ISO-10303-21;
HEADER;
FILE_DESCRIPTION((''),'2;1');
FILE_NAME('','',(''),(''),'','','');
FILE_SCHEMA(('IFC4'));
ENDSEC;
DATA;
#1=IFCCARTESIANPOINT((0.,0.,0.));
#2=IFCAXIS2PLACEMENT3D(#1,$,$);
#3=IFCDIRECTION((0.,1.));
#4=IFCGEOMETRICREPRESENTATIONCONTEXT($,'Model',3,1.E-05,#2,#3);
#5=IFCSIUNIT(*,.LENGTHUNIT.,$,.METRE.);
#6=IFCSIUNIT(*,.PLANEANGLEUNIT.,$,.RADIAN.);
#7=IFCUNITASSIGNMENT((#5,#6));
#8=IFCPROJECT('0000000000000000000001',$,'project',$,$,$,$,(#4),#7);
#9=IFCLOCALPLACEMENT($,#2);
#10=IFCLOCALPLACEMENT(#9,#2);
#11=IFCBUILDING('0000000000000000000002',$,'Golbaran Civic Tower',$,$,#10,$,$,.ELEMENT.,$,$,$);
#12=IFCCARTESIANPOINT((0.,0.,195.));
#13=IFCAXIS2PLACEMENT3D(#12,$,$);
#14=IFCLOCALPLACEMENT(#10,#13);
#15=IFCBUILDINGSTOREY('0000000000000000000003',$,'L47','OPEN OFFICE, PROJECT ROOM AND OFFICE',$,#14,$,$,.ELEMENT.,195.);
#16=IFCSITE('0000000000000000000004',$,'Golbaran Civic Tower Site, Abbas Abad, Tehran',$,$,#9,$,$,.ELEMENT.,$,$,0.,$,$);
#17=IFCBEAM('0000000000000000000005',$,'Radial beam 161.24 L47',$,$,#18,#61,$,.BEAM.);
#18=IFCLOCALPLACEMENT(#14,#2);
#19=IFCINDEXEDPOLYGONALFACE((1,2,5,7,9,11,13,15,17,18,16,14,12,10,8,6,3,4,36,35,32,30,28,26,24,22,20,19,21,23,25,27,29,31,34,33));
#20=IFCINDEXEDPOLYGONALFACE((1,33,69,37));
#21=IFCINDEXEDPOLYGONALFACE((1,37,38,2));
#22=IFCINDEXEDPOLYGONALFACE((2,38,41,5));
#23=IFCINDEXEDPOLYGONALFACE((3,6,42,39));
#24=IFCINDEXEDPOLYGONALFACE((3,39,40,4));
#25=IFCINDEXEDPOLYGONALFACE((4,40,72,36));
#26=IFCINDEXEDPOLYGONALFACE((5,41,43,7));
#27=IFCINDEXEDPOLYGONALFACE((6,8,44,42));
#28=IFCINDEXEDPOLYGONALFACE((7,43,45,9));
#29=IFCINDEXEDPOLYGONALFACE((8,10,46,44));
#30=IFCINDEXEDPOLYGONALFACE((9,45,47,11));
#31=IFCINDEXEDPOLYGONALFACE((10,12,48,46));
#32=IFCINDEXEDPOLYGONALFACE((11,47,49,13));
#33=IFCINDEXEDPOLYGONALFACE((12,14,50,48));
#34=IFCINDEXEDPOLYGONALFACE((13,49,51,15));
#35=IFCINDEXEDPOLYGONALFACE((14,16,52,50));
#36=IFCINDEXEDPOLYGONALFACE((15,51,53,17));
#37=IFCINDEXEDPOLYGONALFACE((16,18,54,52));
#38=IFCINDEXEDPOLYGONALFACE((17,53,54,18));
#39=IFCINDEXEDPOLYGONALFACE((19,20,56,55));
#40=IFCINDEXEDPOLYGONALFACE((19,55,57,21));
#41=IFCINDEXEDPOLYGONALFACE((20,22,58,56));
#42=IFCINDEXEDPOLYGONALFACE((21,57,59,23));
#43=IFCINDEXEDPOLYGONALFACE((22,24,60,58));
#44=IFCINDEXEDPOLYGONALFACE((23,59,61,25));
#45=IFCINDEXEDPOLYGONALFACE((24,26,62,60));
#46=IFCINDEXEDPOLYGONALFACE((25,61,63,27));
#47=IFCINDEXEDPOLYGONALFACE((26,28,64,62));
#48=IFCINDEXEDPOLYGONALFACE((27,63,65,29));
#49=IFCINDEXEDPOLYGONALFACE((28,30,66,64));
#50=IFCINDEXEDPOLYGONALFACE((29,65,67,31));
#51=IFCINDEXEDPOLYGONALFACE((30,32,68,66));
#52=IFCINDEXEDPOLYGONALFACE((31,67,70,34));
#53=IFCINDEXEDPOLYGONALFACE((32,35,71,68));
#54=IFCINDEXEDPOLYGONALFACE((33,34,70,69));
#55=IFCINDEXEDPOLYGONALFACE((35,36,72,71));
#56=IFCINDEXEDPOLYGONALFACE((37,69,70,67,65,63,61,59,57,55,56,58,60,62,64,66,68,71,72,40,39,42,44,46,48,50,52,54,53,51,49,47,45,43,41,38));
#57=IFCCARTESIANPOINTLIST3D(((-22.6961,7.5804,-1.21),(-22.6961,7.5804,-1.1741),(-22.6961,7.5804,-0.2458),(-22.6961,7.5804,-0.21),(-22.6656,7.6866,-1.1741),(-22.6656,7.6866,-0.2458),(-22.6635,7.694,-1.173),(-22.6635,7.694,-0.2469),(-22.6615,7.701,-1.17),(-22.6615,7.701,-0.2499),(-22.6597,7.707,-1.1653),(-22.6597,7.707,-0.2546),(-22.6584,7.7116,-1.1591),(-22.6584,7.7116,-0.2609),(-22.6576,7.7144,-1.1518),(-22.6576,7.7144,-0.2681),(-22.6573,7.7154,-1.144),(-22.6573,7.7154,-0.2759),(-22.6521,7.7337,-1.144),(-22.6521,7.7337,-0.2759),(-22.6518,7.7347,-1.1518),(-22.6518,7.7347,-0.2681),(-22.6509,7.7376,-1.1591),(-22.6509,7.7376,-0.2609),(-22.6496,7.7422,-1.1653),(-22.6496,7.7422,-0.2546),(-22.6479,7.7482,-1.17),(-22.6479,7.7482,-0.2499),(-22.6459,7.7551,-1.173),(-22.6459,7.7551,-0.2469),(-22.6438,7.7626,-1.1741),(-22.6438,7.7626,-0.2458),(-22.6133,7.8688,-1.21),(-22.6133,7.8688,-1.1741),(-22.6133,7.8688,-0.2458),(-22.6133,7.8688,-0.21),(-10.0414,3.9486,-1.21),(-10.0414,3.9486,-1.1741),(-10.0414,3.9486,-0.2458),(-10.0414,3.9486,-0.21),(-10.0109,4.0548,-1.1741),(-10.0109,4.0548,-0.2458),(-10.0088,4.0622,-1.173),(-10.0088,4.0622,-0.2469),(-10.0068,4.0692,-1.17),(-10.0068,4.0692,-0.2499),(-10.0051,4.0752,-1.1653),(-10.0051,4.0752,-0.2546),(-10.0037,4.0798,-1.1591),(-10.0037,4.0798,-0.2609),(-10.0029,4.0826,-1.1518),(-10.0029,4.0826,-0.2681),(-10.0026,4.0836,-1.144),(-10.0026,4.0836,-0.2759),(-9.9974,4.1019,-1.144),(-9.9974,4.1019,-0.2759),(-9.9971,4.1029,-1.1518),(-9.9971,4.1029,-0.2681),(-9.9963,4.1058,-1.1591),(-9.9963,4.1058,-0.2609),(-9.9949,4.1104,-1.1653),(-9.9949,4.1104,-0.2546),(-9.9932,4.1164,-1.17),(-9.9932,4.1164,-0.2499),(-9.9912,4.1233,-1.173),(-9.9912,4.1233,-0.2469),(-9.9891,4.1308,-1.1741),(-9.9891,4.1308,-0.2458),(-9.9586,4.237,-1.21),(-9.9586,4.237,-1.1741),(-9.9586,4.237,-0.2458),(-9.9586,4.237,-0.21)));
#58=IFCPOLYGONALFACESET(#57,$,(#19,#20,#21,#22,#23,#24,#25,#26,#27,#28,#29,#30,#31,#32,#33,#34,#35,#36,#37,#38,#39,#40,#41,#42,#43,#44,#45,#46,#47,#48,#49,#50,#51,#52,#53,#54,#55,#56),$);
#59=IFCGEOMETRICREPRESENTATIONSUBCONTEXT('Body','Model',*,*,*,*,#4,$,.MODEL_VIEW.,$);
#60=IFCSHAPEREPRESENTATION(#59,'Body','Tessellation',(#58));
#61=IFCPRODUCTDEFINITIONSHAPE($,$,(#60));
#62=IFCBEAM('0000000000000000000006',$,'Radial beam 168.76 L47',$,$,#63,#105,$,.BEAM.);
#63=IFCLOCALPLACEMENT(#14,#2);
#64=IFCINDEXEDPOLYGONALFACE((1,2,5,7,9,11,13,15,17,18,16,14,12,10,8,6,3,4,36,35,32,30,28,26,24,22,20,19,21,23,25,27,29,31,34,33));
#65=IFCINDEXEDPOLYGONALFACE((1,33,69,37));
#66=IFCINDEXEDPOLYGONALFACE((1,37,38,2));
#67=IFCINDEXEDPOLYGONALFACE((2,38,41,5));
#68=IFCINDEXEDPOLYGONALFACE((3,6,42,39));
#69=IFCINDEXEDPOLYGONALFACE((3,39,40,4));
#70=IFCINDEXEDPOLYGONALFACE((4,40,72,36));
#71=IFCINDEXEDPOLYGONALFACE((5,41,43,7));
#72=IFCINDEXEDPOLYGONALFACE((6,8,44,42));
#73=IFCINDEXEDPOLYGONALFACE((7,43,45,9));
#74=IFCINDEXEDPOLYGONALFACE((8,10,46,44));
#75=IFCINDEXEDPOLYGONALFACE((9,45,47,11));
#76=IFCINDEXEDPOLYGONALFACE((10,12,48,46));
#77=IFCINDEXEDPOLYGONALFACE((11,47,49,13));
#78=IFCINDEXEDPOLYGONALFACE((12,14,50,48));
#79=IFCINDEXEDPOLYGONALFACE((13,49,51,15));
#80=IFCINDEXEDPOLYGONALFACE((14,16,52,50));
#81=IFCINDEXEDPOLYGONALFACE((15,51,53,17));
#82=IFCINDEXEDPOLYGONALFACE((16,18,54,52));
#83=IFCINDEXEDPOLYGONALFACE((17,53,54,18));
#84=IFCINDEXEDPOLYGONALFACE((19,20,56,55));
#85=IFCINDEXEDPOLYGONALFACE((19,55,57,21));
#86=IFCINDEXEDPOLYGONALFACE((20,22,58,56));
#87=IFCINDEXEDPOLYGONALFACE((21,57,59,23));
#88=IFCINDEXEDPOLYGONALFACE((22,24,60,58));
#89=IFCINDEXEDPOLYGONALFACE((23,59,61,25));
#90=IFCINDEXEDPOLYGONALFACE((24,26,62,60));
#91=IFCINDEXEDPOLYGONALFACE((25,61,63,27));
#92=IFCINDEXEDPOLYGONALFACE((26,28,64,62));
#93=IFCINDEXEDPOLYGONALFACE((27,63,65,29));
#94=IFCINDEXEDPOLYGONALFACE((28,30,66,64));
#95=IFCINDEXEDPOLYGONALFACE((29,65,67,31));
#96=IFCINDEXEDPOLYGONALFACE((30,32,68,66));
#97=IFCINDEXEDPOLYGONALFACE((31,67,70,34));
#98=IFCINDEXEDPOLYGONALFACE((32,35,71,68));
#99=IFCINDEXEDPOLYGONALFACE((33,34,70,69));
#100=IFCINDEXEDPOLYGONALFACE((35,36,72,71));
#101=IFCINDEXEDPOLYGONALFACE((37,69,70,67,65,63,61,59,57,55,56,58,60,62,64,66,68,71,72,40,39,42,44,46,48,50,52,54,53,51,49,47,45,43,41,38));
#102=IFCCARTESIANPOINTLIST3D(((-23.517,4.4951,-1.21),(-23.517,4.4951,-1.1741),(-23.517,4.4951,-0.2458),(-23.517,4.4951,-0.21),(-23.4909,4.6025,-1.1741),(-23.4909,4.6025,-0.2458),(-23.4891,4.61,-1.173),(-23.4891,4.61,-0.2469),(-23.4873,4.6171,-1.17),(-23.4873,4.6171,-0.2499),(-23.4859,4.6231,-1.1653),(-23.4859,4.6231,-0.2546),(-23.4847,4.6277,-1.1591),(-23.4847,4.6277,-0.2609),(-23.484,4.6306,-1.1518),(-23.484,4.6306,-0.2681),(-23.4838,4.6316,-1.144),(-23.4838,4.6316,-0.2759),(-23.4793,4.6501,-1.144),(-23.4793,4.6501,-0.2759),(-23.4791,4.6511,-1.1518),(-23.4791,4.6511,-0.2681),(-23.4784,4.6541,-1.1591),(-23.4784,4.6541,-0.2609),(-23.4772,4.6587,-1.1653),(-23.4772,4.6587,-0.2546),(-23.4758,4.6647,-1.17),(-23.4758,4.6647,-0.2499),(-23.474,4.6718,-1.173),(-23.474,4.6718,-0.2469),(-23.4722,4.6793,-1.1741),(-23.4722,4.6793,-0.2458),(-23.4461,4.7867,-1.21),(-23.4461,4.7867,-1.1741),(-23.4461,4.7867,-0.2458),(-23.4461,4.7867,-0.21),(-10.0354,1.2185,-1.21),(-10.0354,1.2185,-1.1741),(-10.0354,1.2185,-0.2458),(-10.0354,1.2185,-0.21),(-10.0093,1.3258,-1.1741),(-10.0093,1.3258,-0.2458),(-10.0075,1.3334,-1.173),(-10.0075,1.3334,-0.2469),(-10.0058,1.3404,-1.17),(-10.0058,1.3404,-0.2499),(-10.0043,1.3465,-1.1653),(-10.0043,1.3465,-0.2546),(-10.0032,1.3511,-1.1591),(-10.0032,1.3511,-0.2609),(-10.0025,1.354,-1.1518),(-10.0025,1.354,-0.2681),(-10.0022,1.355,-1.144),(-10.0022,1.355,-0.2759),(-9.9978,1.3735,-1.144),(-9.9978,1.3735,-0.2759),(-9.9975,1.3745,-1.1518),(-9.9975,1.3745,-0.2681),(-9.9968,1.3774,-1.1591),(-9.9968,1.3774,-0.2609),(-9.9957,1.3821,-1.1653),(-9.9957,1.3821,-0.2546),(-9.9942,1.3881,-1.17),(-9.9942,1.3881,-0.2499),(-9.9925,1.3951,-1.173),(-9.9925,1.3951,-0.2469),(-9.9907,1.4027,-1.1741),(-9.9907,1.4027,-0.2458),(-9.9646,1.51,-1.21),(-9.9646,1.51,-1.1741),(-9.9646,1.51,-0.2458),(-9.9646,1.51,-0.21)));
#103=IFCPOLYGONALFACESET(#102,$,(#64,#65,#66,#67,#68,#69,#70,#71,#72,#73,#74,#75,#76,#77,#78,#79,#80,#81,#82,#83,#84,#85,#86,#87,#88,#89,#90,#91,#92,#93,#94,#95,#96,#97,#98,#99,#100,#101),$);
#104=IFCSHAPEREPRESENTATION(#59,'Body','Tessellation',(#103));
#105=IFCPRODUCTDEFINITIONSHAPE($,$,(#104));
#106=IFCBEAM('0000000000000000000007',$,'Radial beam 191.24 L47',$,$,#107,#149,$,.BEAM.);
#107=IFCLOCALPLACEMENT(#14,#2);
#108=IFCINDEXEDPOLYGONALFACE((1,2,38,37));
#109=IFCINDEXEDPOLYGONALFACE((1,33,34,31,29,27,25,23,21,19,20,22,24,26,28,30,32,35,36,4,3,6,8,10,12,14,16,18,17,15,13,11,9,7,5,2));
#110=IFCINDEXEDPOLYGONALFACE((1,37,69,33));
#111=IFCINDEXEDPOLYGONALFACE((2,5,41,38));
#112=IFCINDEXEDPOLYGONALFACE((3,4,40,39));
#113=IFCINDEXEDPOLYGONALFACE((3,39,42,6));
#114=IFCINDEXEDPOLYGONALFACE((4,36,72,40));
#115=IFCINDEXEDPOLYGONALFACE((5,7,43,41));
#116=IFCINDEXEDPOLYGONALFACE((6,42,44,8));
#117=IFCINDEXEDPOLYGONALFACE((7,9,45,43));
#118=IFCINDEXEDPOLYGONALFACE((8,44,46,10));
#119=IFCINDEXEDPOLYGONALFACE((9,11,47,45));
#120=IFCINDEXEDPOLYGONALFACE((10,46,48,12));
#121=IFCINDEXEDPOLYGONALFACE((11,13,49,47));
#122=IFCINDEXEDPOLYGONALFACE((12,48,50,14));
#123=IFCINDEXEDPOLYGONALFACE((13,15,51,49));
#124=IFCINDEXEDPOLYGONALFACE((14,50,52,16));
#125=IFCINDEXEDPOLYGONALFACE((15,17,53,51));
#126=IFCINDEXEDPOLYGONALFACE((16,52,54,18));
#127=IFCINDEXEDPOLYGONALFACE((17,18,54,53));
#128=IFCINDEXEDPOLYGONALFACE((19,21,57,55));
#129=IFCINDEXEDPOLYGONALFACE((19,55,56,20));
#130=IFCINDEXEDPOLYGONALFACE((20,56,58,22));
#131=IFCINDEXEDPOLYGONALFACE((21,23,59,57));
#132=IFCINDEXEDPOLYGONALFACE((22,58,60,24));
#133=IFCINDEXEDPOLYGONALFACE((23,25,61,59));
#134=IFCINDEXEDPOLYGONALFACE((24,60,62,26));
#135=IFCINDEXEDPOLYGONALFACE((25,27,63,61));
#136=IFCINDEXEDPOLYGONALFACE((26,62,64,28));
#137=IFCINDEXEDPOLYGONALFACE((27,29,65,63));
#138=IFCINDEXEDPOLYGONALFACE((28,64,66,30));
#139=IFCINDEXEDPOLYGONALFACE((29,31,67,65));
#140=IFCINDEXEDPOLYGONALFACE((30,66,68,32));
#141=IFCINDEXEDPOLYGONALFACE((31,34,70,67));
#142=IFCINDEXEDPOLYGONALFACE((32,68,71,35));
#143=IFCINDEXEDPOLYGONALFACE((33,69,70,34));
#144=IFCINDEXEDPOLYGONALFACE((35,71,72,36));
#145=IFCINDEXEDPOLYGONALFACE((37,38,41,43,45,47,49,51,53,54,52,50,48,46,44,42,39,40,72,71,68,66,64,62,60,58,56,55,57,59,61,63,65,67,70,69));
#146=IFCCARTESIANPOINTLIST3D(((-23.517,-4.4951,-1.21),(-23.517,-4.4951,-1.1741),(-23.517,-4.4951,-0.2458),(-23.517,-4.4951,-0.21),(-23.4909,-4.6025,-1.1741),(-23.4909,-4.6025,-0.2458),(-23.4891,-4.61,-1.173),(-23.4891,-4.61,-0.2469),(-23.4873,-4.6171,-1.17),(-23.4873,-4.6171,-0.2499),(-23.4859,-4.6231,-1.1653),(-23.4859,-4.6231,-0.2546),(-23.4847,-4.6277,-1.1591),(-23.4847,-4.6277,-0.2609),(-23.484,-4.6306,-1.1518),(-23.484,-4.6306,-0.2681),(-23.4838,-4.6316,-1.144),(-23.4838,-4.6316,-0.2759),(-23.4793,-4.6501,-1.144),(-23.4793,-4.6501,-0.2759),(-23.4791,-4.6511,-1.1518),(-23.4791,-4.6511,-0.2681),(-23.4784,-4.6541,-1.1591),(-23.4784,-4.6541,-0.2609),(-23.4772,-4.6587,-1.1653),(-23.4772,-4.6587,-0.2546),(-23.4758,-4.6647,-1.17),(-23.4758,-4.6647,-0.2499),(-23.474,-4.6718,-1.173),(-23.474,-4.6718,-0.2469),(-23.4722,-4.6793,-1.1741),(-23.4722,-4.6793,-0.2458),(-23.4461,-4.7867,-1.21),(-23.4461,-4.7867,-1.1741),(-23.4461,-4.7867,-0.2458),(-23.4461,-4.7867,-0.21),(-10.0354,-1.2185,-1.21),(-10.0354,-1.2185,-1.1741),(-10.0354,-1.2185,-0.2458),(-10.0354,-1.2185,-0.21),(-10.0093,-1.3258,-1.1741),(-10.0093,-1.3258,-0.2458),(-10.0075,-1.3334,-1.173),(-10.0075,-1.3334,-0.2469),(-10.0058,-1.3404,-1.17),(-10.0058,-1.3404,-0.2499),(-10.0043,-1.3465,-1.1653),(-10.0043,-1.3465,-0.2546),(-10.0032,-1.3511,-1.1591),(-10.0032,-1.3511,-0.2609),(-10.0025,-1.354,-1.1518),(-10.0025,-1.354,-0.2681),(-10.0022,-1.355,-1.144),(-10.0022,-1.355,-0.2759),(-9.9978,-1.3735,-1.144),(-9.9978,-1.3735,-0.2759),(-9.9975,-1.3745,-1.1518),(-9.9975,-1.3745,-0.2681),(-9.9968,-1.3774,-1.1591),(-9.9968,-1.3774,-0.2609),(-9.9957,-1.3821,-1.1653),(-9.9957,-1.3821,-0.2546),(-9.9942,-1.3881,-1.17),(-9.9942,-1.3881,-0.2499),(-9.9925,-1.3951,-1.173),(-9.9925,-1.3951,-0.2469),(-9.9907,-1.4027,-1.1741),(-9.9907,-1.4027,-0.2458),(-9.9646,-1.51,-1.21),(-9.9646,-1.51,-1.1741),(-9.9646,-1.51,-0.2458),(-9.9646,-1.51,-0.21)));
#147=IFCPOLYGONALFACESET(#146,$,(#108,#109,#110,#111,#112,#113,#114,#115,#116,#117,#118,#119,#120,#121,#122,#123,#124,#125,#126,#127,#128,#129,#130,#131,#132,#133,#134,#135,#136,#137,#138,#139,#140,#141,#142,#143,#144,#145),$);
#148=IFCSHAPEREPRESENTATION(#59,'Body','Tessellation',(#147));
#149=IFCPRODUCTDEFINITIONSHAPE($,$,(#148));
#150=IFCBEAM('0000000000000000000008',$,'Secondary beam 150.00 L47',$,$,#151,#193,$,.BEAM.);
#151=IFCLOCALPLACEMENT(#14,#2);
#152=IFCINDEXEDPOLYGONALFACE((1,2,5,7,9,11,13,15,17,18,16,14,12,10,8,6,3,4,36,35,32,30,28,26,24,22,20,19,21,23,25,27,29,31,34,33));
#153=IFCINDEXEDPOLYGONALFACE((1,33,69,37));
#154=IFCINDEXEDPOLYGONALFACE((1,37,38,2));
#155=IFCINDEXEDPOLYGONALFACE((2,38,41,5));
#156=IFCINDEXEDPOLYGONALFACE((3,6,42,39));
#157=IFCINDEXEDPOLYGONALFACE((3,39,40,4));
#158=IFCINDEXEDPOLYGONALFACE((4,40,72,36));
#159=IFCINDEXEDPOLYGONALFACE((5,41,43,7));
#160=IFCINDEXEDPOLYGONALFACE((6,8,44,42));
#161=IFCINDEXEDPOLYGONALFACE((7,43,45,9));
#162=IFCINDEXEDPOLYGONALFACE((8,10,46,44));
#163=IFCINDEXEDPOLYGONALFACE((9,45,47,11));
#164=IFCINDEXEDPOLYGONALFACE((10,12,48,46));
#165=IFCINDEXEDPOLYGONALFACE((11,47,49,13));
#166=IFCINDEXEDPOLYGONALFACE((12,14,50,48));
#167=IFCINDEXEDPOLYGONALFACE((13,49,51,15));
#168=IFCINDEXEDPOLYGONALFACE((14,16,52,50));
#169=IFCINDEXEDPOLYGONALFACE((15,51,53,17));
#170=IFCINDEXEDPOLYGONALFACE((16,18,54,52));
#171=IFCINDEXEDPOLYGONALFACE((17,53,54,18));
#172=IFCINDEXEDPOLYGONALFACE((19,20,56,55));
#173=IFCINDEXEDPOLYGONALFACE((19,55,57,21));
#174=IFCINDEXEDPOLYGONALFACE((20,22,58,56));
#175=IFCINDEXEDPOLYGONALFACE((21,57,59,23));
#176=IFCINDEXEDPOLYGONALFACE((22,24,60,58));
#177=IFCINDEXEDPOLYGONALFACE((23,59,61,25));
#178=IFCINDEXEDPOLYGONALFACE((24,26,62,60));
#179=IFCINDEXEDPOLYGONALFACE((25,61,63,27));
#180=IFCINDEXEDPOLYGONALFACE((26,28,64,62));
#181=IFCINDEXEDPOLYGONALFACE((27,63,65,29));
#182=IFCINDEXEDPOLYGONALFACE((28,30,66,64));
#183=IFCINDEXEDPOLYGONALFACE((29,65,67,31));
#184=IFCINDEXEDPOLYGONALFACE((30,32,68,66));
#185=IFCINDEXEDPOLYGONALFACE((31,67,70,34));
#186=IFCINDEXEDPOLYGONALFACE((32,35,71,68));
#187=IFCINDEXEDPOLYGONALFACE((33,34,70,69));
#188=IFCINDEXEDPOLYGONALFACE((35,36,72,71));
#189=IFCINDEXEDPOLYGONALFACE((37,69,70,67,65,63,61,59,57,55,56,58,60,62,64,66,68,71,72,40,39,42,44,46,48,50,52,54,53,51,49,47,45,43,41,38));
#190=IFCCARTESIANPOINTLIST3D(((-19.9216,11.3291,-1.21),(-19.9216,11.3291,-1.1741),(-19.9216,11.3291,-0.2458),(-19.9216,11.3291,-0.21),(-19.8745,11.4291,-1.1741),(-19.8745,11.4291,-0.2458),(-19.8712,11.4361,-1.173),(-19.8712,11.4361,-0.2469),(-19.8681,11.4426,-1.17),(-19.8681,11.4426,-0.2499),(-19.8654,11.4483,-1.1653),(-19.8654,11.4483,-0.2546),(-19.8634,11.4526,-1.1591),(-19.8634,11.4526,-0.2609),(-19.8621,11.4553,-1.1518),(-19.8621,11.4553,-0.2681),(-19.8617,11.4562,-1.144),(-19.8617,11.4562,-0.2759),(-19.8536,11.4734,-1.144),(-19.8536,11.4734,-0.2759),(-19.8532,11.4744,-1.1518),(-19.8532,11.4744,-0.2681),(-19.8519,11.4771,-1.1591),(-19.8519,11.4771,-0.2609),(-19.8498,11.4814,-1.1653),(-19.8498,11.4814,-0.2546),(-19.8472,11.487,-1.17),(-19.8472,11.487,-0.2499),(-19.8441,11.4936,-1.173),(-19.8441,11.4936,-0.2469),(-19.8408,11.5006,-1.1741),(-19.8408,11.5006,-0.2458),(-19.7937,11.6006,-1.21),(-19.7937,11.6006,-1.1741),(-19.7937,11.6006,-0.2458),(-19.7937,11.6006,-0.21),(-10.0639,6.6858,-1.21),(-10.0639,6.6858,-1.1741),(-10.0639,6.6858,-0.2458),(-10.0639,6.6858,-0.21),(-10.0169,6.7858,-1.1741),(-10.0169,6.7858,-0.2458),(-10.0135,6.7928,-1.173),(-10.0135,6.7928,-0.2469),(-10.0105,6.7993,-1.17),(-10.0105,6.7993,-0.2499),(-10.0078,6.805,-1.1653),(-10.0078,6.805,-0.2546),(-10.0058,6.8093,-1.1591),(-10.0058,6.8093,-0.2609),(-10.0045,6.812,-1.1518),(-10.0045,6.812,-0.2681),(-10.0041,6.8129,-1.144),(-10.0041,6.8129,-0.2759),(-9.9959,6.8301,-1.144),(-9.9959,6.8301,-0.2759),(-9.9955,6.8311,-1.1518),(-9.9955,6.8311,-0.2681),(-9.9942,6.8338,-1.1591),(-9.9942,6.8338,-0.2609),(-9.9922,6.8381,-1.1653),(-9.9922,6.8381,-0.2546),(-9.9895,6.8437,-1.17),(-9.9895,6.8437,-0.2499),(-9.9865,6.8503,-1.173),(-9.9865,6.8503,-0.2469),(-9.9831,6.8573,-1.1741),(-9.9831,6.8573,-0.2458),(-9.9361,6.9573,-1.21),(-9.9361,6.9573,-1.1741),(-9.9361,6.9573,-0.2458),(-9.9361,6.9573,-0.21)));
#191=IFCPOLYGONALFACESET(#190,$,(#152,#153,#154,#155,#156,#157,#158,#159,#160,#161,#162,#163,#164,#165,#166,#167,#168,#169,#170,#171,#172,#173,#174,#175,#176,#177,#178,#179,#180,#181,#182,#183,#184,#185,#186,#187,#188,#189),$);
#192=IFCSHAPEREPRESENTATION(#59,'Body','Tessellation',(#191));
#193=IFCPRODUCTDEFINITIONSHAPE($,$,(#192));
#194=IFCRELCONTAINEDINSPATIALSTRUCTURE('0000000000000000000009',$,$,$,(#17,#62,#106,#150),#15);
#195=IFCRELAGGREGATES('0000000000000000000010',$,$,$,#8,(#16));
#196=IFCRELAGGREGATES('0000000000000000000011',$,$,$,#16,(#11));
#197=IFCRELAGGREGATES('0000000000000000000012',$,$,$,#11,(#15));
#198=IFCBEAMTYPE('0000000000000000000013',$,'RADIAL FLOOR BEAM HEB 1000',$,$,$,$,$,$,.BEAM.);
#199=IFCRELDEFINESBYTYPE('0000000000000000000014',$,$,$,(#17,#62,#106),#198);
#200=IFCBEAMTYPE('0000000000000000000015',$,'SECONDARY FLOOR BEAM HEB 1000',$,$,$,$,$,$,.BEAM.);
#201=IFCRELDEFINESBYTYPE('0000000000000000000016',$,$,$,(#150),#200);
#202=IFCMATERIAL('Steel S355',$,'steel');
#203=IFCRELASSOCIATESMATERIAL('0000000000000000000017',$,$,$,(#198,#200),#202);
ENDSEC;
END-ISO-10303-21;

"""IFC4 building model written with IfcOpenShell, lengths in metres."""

from ifc_helpers import new_model, si_unit, direction, frame, origin, origin_2d, place, context, subcontext, project, spatial, i_section, extrude, material, material_profile, profile_set, type_object, element, save


model = new_model("IFC4")

# Units and contexts
model_context = context("Model", 3, precision=1e-05, world=origin(), true_north=direction((0.0, 1.0)))
body_context = subcontext(model_context, "Body", "Model", "MODEL_VIEW")
ifc_project = project(units=[si_unit("LENGTHUNIT", "METRE"), si_unit("PLANEANGLEUNIT", "RADIAN")], contexts=[model_context])

# Site, building, storey
site_placement = place(None, origin())
site = spatial("IfcSite", under=ifc_project, at=site_placement, Name="Golbaran Civic Tower Site, Abbas Abad, Tehran", CompositionType="ELEMENT", RefElevation=0.0)
building_placement = place(site_placement, origin())
building = spatial("IfcBuilding", under=site, at=building_placement, Name="Golbaran Civic Tower", CompositionType="ELEMENT")
storey_placement = place(building_placement, frame((0.0, 0.0, 195.0)))
storey = spatial("IfcBuildingStorey", under=building, at=storey_placement, Name="L47", Description="OPEN OFFICE, PROJECT ROOM AND OFFICE", CompositionType="ELEMENT", Elevation=195.0)

# Beams
ifc_material_1 = material(Name="Steel S355", Category="steel")
ifc_material_profile_1 = material_profile(ifc_material_1, i_section(OverallWidth=0.3, OverallDepth=1.0, WebThickness=0.019, FlangeThickness=0.0359, FilletRadius=0.03, at=origin_2d()), Name="HEB 1000")
ifc_profile_set_1 = profile_set([ifc_material_profile_1], Name="Steel S355")
beam_type_1 = type_object("IfcBeamType", Name="RADIAL FLOOR BEAM HEB 1000", PredefinedType="BEAM", material=ifc_profile_set_1)
beam_1_placement = place(storey_placement, frame((-10.0, 4.0928, -0.71), z_axis=(-0.961199, 0.275857, 0.0), x_axis=(-0.275857, -0.961199, 0.0)))
element("IfcBeam", 1, at=beam_1_placement, inside=storey, type_object=beam_type_1, Name="Radial beam 161.24 L47", PredefinedType="BEAM", context=body_context, shape_type="SweptSolid", body=[
    extrude(i_section(OverallWidth=0.3, OverallDepth=1.0, WebThickness=0.019, FlangeThickness=0.0359, FilletRadius=0.03, at=origin_2d()), origin(), (0.0, 0.0, 1.0), 13.1655),
])
for number, where, z_axis, x_axis, name in (
    (2, (-10.0, 1.3643, -0.71), (-0.971712, 0.236171, 0.0), (-0.236171, -0.971712, 0.0), "Radial beam 168.76 L47"),
    (3, (-10.0, -1.3643, -0.71), (-0.971712, -0.236171, 0.0), (0.236171, -0.971712, 0.0), "Radial beam 191.24 L47"),
):
    element("IfcBeam", number, at=place(storey_placement, frame(where, z_axis=z_axis, x_axis=x_axis)), inside=storey, type_object=beam_type_1, Name=name, PredefinedType="BEAM", context=body_context, shape_type="SweptSolid", body=[
        extrude(i_section(OverallWidth=0.3, OverallDepth=1.0, WebThickness=0.019, FlangeThickness=0.0359, FilletRadius=0.03, at=origin_2d()), origin(), (0.0, 0.0, 1.0), 13.874),
    ])
ifc_material_profile_2 = material_profile(ifc_material_1, i_section(OverallWidth=0.3, OverallDepth=1.0, WebThickness=0.019, FlangeThickness=0.0359, FilletRadius=0.03, at=origin_2d()), Name="HEB 1000")
ifc_profile_set_2 = profile_set([ifc_material_profile_2], Name="Steel S355")
beam_type_2 = type_object("IfcBeamType", Name="SECONDARY FLOOR BEAM HEB 1000", PredefinedType="BEAM", material=ifc_profile_set_2)
beam_2_placement = place(storey_placement, frame((-10.0, 6.8215, -0.71), z_axis=(-0.904663, 0.426128, 0.0), x_axis=(-0.426128, -0.904663, 0.0)))
element("IfcBeam", 4, at=beam_2_placement, inside=storey, type_object=beam_type_2, Name="Secondary beam 150.00 L47", PredefinedType="BEAM", context=body_context, shape_type="SweptSolid", body=[
    extrude(i_section(OverallWidth=0.3, OverallDepth=1.0, WebThickness=0.019, FlangeThickness=0.0359, FilletRadius=0.03, at=origin_2d()), origin(), (0.0, 0.0, 1.0), 10.8965),
])

save(model, "model.ifc")
